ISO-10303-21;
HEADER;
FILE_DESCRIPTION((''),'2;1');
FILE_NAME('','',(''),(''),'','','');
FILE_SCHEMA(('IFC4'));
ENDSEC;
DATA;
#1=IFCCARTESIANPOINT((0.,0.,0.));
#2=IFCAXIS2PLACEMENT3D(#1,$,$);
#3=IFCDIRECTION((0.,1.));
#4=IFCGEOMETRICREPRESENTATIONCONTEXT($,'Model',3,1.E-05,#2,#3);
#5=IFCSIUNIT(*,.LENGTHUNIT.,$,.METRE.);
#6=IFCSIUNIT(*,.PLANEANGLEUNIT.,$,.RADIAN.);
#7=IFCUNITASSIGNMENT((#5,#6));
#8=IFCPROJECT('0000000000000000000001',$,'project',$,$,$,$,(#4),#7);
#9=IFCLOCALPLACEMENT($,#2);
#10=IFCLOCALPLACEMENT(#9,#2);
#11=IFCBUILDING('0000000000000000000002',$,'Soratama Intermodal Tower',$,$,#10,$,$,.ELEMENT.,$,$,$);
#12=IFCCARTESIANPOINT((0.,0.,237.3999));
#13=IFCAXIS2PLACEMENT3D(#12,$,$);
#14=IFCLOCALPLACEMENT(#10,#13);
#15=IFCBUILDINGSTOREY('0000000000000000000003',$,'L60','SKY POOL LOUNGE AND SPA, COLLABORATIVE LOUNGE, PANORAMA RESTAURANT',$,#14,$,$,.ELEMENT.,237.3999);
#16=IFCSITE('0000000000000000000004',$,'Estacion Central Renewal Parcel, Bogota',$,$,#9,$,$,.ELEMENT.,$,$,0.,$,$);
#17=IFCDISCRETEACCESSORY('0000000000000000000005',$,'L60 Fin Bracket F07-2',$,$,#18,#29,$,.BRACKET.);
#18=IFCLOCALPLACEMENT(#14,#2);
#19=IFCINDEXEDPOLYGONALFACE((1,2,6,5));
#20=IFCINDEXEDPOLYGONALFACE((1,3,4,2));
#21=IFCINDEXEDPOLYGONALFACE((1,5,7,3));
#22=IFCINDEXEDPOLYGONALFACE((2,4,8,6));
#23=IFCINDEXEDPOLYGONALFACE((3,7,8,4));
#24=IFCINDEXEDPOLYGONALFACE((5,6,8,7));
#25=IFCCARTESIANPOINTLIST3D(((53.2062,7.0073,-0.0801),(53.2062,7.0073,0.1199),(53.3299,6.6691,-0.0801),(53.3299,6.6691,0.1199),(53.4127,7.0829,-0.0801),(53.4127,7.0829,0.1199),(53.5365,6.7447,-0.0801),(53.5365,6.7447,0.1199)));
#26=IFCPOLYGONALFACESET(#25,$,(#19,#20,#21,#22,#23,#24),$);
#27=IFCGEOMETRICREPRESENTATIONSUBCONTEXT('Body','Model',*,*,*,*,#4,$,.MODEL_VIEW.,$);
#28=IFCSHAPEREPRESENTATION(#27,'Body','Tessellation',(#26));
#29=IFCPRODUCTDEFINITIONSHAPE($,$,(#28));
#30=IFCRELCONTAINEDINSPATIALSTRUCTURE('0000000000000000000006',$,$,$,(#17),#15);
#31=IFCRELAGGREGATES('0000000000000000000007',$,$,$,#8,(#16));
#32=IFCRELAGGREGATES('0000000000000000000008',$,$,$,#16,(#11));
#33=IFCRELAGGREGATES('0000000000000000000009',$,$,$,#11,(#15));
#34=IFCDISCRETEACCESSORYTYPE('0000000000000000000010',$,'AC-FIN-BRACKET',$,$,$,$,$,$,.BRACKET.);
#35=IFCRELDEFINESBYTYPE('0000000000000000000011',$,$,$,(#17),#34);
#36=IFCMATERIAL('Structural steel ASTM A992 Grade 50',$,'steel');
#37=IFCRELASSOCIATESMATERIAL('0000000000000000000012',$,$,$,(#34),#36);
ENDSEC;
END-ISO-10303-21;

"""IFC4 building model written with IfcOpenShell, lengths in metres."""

from ifc_helpers import new_model, si_unit, direction, frame, origin, origin_2d, place, context, subcontext, project, spatial, rectangle, extrude, material, type_object, element, save


model = new_model("IFC4")

# Units and contexts
model_context = context("Model", 3, precision=1e-05, world=origin(), true_north=direction((0.0, 1.0)))
body_context = subcontext(model_context, "Body", "Model", "MODEL_VIEW")
ifc_project = project(units=[si_unit("LENGTHUNIT", "METRE"), si_unit("PLANEANGLEUNIT", "RADIAN")], contexts=[model_context])

# Site, building, storey
site_placement = place(None, origin())
site = spatial("IfcSite", under=ifc_project, at=site_placement, Name="Estacion Central Renewal Parcel, Bogota", CompositionType="ELEMENT", RefElevation=0.0)
building_placement = place(site_placement, origin())
building = spatial("IfcBuilding", under=site, at=building_placement, Name="Soratama Intermodal Tower", CompositionType="ELEMENT")
storey_placement = place(building_placement, frame((0.0, 0.0, 237.3999)))
storey = spatial("IfcBuildingStorey", under=building, at=storey_placement, Name="L60", Description="SKY POOL LOUNGE AND SPA, COLLABORATIVE LOUNGE, PANORAMA RESTAURANT", CompositionType="ELEMENT", Elevation=237.3999)

# Discrete accessory
ifc_material_1 = material(Name="Structural steel ASTM A992 Grade 50", Category="steel")
discrete_accessory_type = type_object("IfcDiscreteAccessoryType", Name="AC-FIN-BRACKET", PredefinedType="BRACKET", material=ifc_material_1)
for number, where, z_axis, x_axis, name in (
    (1, (53.3713, 6.876, -0.0801), (0.0, 0.0, 1.0), (0.34366, -0.939094, 0.0), "L60 Fin Bracket F07-2"),
):
    element("IfcDiscreteAccessory", number, at=place(storey_placement, frame(where, z_axis=z_axis, x_axis=x_axis)), inside=storey, type_object=discrete_accessory_type, Name=name, PredefinedType="BRACKET", context=body_context, shape_type="SweptSolid", body=[
        extrude(rectangle(XDim=0.3601, YDim=0.22, at=origin_2d()), origin(), (0.0, 0.0, 1.0), 0.2),
    ])

save(model, "model.ifc")
